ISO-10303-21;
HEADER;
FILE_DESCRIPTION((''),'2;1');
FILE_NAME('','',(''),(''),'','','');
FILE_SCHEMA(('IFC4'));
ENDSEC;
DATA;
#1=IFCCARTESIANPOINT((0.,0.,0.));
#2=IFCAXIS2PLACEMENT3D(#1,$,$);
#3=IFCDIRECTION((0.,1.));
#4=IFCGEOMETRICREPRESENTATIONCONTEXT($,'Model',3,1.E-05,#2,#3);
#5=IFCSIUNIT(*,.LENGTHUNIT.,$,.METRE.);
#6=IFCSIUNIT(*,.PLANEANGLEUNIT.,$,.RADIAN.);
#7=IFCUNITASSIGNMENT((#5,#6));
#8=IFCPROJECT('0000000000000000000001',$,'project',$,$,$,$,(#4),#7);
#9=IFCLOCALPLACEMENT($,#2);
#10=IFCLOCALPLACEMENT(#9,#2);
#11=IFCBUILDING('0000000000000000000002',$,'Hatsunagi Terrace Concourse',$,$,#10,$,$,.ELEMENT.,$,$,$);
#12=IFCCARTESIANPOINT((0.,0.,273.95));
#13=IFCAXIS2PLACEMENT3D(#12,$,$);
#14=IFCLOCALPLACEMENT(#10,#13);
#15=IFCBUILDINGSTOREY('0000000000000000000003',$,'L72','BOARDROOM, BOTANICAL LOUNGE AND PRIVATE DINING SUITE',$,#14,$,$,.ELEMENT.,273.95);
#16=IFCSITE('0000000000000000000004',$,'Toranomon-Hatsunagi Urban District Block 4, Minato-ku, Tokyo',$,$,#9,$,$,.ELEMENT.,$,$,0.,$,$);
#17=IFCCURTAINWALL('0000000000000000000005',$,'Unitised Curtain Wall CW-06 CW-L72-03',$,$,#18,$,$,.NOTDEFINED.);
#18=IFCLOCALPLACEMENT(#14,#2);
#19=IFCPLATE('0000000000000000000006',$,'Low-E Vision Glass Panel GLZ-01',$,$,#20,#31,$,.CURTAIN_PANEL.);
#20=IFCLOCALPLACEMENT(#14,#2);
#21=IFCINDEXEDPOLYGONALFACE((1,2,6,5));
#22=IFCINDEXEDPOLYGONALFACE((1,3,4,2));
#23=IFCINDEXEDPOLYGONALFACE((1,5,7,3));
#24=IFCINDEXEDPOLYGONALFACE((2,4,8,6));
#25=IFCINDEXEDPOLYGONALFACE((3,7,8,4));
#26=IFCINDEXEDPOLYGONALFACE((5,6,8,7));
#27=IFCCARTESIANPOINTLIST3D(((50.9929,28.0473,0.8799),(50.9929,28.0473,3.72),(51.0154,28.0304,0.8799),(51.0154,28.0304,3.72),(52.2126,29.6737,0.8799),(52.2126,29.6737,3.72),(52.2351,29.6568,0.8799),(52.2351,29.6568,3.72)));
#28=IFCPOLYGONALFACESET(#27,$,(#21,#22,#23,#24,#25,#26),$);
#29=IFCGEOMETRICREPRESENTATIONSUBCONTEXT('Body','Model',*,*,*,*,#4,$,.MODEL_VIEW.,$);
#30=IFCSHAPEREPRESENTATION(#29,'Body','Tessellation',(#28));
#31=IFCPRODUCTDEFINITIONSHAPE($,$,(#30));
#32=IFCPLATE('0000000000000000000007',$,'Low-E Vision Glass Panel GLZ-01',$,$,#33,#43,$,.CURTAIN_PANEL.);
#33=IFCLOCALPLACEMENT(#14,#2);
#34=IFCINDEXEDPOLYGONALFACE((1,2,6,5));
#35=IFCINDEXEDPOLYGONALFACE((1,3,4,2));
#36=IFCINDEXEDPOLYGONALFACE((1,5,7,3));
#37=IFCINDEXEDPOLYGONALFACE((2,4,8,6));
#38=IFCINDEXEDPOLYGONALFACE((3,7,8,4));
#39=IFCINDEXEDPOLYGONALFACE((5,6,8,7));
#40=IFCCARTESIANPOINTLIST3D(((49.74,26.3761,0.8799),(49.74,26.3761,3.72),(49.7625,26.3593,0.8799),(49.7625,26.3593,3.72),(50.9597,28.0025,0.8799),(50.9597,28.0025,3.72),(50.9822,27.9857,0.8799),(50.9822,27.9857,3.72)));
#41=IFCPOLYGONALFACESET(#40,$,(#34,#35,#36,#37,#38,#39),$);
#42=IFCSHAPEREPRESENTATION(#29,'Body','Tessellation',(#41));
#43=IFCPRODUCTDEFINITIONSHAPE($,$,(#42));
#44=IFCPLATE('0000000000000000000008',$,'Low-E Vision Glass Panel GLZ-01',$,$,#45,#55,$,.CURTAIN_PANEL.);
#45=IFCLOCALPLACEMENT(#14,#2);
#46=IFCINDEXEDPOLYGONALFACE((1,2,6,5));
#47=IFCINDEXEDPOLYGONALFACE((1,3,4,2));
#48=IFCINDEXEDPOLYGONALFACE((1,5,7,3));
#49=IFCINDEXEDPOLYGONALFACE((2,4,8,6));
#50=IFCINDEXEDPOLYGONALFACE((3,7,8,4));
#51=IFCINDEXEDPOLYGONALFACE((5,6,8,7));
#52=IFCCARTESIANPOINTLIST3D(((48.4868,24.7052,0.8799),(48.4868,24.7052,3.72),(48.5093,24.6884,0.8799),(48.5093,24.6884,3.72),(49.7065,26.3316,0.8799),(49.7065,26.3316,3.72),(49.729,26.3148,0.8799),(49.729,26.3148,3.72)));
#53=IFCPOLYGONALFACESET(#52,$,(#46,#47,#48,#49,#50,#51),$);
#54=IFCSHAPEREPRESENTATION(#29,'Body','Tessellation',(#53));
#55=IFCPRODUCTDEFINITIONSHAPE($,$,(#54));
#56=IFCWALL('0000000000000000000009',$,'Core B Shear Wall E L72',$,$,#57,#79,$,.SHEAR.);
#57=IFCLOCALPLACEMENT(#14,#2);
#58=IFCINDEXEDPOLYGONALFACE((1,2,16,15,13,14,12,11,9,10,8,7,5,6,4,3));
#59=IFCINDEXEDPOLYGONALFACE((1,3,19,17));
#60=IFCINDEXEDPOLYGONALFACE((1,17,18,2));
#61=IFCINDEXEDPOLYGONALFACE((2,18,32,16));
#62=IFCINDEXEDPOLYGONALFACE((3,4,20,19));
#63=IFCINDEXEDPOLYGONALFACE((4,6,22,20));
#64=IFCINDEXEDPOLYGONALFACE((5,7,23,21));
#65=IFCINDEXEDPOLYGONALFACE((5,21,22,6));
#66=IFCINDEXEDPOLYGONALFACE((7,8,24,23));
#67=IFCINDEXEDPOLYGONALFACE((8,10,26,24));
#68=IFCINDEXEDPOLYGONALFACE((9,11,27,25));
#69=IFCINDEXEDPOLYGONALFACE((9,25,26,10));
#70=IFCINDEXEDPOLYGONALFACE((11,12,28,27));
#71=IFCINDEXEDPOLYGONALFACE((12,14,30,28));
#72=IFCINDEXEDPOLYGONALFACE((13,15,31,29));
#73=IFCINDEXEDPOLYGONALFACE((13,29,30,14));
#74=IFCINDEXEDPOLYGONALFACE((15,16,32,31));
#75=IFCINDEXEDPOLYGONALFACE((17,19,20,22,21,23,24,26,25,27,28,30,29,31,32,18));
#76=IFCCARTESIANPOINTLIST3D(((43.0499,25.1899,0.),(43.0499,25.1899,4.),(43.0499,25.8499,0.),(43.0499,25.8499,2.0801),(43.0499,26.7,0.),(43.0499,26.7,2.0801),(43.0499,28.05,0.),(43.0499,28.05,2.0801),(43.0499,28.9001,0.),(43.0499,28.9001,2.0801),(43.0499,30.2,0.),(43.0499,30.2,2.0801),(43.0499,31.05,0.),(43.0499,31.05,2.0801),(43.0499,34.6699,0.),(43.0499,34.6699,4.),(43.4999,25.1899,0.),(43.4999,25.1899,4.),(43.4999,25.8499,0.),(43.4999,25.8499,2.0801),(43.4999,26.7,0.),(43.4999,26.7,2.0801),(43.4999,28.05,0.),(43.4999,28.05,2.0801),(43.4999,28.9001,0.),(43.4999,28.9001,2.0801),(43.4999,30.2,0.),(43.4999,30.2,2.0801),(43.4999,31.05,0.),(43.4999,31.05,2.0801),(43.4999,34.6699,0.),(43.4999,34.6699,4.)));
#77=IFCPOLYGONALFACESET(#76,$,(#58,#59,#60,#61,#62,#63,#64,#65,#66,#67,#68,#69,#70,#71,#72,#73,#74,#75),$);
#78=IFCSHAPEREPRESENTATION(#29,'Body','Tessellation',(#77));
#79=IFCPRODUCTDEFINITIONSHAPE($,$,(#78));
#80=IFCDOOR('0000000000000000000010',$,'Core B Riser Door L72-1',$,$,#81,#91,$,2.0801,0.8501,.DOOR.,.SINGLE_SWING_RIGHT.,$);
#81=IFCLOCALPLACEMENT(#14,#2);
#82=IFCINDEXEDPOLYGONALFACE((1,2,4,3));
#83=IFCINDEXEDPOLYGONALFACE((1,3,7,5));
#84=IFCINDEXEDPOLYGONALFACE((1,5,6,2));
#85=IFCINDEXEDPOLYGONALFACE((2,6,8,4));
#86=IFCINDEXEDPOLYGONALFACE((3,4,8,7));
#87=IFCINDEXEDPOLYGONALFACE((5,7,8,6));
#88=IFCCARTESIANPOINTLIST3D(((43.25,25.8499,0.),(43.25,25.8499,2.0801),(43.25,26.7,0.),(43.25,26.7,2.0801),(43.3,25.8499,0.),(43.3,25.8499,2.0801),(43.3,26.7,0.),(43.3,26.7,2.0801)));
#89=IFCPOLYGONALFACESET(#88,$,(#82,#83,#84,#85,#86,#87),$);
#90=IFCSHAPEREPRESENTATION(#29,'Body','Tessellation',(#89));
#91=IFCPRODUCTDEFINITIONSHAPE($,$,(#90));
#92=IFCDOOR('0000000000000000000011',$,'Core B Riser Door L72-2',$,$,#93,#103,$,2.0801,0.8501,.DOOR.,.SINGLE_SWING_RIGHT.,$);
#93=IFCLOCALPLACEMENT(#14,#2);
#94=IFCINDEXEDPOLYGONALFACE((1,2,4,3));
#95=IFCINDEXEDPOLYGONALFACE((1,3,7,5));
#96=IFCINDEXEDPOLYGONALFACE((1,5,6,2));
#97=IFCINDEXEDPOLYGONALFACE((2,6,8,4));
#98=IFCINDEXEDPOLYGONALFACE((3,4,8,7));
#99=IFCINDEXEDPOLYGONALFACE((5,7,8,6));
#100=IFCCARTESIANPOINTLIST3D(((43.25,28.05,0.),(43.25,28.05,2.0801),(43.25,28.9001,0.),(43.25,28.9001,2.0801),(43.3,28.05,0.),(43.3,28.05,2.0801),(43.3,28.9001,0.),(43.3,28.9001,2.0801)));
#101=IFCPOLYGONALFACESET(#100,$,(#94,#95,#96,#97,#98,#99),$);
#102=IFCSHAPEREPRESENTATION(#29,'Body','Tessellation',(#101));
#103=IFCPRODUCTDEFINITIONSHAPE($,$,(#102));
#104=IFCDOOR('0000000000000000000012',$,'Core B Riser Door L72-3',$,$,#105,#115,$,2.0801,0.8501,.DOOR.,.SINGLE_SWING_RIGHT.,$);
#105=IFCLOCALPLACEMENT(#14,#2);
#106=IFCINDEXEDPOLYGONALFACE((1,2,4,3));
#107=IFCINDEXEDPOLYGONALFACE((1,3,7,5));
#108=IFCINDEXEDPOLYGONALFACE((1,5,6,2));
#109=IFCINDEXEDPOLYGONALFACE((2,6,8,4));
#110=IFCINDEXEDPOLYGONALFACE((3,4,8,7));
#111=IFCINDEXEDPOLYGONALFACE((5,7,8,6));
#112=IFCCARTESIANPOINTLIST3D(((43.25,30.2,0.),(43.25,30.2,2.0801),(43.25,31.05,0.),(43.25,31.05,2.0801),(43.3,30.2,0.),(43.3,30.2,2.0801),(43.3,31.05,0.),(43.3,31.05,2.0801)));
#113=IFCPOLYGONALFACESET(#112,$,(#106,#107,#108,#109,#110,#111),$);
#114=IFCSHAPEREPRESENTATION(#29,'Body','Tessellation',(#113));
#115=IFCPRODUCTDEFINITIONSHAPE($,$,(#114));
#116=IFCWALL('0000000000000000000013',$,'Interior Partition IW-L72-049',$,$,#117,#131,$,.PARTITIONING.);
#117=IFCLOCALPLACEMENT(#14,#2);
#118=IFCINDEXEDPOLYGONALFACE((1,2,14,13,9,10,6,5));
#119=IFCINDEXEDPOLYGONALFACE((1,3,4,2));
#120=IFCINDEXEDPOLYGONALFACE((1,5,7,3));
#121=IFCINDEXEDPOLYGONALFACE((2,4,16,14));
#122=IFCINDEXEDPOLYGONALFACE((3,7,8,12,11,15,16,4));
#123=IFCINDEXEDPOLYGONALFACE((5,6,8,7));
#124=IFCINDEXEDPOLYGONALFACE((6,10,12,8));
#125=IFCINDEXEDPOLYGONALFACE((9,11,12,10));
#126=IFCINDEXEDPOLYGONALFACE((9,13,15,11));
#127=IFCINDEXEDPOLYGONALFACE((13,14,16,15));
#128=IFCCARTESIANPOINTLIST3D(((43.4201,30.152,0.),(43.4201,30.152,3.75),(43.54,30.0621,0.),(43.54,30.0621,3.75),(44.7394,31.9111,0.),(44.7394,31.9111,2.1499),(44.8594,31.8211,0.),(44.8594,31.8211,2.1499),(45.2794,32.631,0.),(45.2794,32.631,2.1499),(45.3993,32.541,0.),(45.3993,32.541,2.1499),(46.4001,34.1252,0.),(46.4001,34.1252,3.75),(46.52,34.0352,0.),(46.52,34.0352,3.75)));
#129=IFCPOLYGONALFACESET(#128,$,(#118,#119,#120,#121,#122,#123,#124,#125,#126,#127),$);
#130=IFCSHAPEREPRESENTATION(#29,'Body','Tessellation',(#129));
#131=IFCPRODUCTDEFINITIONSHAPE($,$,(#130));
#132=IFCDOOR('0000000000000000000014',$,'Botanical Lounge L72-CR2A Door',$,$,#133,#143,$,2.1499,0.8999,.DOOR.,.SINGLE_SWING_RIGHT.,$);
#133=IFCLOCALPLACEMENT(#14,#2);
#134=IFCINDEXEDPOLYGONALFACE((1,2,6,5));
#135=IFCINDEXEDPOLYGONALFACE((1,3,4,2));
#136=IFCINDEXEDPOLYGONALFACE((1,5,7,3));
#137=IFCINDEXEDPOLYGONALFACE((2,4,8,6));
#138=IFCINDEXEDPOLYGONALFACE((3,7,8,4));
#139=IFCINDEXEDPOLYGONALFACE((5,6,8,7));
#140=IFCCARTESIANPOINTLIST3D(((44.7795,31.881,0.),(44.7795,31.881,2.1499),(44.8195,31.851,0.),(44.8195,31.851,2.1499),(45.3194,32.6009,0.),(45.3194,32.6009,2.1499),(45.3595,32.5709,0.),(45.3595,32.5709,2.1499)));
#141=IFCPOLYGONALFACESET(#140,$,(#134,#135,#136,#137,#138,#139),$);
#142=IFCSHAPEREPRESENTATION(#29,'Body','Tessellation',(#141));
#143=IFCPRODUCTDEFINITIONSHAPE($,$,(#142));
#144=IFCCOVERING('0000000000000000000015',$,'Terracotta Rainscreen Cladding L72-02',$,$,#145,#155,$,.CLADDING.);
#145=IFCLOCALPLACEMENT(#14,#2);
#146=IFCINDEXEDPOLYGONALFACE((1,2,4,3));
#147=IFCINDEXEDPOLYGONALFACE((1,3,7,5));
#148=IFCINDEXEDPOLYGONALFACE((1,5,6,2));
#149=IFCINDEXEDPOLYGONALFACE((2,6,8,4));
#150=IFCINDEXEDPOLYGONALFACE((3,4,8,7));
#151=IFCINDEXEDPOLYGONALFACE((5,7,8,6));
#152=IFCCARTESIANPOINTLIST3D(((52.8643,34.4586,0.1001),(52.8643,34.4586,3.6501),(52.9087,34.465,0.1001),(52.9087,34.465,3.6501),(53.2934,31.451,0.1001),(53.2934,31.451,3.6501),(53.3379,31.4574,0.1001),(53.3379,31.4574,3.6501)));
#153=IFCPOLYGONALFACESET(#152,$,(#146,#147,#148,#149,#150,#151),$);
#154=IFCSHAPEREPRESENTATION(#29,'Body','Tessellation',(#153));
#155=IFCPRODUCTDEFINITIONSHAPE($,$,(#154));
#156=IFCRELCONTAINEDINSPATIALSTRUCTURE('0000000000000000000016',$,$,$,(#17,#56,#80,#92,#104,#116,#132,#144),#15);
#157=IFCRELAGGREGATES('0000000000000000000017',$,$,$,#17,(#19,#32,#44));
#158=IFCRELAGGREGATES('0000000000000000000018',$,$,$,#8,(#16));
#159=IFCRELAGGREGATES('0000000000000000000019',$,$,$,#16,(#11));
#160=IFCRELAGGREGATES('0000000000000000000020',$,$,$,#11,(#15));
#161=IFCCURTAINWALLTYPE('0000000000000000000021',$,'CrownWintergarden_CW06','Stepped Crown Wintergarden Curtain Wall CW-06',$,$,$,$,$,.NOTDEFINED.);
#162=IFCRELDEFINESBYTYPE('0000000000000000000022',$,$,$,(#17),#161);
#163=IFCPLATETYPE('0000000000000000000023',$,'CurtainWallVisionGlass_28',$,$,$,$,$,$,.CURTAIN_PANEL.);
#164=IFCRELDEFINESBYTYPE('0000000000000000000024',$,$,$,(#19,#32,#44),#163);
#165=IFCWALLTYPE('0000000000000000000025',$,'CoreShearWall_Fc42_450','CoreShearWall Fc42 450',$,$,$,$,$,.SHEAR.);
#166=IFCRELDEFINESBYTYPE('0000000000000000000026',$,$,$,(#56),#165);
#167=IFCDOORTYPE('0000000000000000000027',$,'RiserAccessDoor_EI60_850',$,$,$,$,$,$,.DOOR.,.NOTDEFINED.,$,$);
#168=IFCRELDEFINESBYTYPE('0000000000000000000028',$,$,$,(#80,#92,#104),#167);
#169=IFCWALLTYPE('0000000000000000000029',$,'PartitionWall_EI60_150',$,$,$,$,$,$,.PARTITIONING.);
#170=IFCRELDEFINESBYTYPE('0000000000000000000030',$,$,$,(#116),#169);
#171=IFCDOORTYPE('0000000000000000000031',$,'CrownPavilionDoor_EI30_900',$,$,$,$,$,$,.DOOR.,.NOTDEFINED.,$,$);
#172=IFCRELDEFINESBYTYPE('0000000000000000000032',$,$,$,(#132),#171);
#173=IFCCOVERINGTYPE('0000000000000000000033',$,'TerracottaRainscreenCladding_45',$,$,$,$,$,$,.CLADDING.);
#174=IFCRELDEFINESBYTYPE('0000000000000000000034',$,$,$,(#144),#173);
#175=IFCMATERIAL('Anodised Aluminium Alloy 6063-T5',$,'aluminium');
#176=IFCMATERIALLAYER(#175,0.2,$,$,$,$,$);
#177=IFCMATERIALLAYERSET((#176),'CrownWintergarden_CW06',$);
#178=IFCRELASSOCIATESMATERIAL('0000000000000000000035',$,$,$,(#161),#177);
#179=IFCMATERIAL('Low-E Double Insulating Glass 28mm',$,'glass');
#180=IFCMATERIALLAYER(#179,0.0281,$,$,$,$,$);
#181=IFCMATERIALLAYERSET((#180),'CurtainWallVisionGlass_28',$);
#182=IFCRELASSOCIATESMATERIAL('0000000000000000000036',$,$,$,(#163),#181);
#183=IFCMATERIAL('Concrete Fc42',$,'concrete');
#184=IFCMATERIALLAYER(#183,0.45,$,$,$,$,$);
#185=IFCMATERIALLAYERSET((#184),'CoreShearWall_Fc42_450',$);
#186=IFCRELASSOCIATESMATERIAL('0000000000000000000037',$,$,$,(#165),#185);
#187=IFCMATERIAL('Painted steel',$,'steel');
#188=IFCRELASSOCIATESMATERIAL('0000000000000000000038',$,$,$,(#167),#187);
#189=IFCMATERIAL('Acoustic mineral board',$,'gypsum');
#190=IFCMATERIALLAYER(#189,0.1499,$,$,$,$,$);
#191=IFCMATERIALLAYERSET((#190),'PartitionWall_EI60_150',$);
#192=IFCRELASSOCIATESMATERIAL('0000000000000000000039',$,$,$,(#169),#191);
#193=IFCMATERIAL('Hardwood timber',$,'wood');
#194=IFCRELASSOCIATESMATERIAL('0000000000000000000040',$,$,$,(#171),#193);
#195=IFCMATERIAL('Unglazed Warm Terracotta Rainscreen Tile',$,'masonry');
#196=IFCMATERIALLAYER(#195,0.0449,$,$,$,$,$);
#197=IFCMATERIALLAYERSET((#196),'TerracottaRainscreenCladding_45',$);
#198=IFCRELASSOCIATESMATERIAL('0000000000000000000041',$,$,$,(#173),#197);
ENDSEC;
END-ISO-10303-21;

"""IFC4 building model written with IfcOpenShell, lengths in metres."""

from ifc_helpers import new_model, si_unit, direction, frame, frame_2d, origin, origin_2d, place, context, subcontext, project, spatial, rectangle, extrude, material, layer, layer_set, type_object, element, fill, aggregate, save


model = new_model("IFC4")

# Units and contexts
model_context = context("Model", 3, precision=1e-05, world=origin(), true_north=direction((0.0, 1.0)))
body_context = subcontext(model_context, "Body", "Model", "MODEL_VIEW")
ifc_project = project(units=[si_unit("LENGTHUNIT", "METRE"), si_unit("PLANEANGLEUNIT", "RADIAN")], contexts=[model_context])

# Site, building, storey
site_placement = place(None, origin())
site = spatial("IfcSite", under=ifc_project, at=site_placement, Name="Toranomon-Hatsunagi Urban District Block 4, Minato-ku, Tokyo", CompositionType="ELEMENT", RefElevation=0.0)
building_placement = place(site_placement, origin())
building = spatial("IfcBuilding", under=site, at=building_placement, Name="Hatsunagi Terrace Concourse", CompositionType="ELEMENT")
storey_placement = place(building_placement, frame((0.0, 0.0, 273.95)))
storey = spatial("IfcBuildingStorey", under=building, at=storey_placement, Name="L72", Description="BOARDROOM, BOTANICAL LOUNGE AND PRIVATE DINING SUITE", CompositionType="ELEMENT", Elevation=273.95)

# Curtain wall, plates
ifc_material_1 = material(Name="Anodised Aluminium Alloy 6063-T5", Category="aluminium")
ifc_layer_1 = layer(ifc_material_1, 0.2)
ifc_layer_set_1 = layer_set([ifc_layer_1], Name="CrownWintergarden_CW06")
curtain_wall_type = type_object("IfcCurtainWallType", Name="CrownWintergarden_CW06", Description="Stepped Crown Wintergarden Curtain Wall CW-06", PredefinedType="NOTDEFINED", material=ifc_layer_set_1)
curtain_wall_placement = place(storey_placement, origin())
curtain_wall = element("IfcCurtainWall", 1, at=curtain_wall_placement, inside=storey, type_object=curtain_wall_type, Name="Unitised Curtain Wall CW-06 CW-L72-03", PredefinedType="NOTDEFINED")
ifc_material_2 = material(Name="Low-E Double Insulating Glass 28mm", Category="glass")
ifc_layer_2 = layer(ifc_material_2, 0.0281)
ifc_layer_set_2 = layer_set([ifc_layer_2], Name="CurtainWallVisionGlass_28")
plate_type_1 = type_object("IfcPlateType", Name="CurtainWallVisionGlass_28", PredefinedType="CURTAIN_PANEL", material=ifc_layer_set_2)
plate_1_placement = place(storey_placement, frame((51.614, 28.8521, 0.8799), z_axis=(0.0, 0.0, 1.0), x_axis=(-0.599969, -0.800023, 0.0)))
plate_1 = element("IfcPlate", 2, at=plate_1_placement, type_object=plate_type_1, Name="Low-E Vision Glass Panel GLZ-01", PredefinedType="CURTAIN_PANEL", context=body_context, shape_type="SweptSolid", body=[
    extrude(rectangle(XDim=2.033, YDim=0.0281, at=origin_2d()), origin(), (0.0, 0.0, 1.0), 2.8401),
])
plate_2_placement = place(storey_placement, frame((50.3611, 27.1809, 0.8799), z_axis=(0.0, 0.0, 1.0), x_axis=(-0.599969, -0.800023, 0.0)))
plate_2 = element("IfcPlate", 3, at=plate_2_placement, type_object=plate_type_1, Name="Low-E Vision Glass Panel GLZ-01", PredefinedType="CURTAIN_PANEL", context=body_context, shape_type="SweptSolid", body=[
    extrude(rectangle(XDim=2.033, YDim=0.0281, at=origin_2d()), origin(), (0.0, 0.0, 1.0), 2.8401),
])
plate_3_placement = place(storey_placement, frame((49.1079, 25.51, 0.8799), z_axis=(0.0, 0.0, 1.0), x_axis=(-0.599969, -0.800023, 0.0)))
plate_3 = element("IfcPlate", 4, at=plate_3_placement, type_object=plate_type_1, Name="Low-E Vision Glass Panel GLZ-01", PredefinedType="CURTAIN_PANEL", context=body_context, shape_type="SweptSolid", body=[
    extrude(rectangle(XDim=2.033, YDim=0.0281, at=origin_2d()), origin(), (0.0, 0.0, 1.0), 2.8401),
])
aggregate(curtain_wall, [plate_1, plate_2, plate_3])

# Wall, openings, doors
ifc_material_3 = material(Name="Concrete Fc42", Category="concrete")
ifc_layer_3 = layer(ifc_material_3, 0.45)
ifc_layer_set_3 = layer_set([ifc_layer_3], Name="CoreShearWall_Fc42_450")
wall_type_1 = type_object("IfcWallType", Name="CoreShearWall_Fc42_450", Description="CoreShearWall Fc42 450", PredefinedType="SHEAR", material=ifc_layer_set_3)
wall_1_placement = place(storey_placement, frame((43.2749, 25.1899, 0.0), z_axis=(0.0, 0.0, 1.0), x_axis=(0.0, 1.0, 0.0)))
wall_1 = element("IfcWall", 5, at=wall_1_placement, inside=storey, type_object=wall_type_1, Name="Core B Shear Wall E L72", PredefinedType="SHEAR", context=body_context, shape_type="SweptSolid", body=[
    extrude(rectangle(XDim=9.48, YDim=0.45, at=frame_2d((4.74, 0.0))), origin(), (0.0, 0.0, 1.0), 4.0),
])
opening_1_placement = place(wall_1_placement, frame((0.6599, 0.0, 0.0)))
opening_1 = element("IfcOpeningElement", 6, at=opening_1_placement, cuts=wall_1, PredefinedType="OPENING", context=body_context, shape_type="SweptSolid", body=[
    extrude(rectangle(XDim=0.8501, YDim=2.0801, at=frame_2d((0.425, 1.04))), frame((0.0, 0.2349, 0.0), z_axis=(0.0, -1.0, 0.0), x_axis=(1.0, 0.0, 0.0)), (0.0, 0.0, 1.0), 0.47),
])
opening_2_placement = place(wall_1_placement, frame((2.8601, 0.0, 0.0)))
opening_2 = element("IfcOpeningElement", 7, at=opening_2_placement, cuts=wall_1, PredefinedType="OPENING", context=body_context, shape_type="SweptSolid", body=[
    extrude(rectangle(XDim=0.8501, YDim=2.0801, at=frame_2d((0.425, 1.04))), frame((0.0, 0.2349, 0.0), z_axis=(0.0, -1.0, 0.0), x_axis=(1.0, 0.0, 0.0)), (0.0, 0.0, 1.0), 0.47),
])
opening_3_placement = place(wall_1_placement, frame((5.01, 0.0, 0.0)))
opening_3 = element("IfcOpeningElement", 8, at=opening_3_placement, cuts=wall_1, PredefinedType="OPENING", context=body_context, shape_type="SweptSolid", body=[
    extrude(rectangle(XDim=0.8501, YDim=2.0801, at=frame_2d((0.425, 1.04))), frame((0.0, 0.2349, 0.0), z_axis=(0.0, -1.0, 0.0), x_axis=(1.0, 0.0, 0.0)), (0.0, 0.0, 1.0), 0.47),
])
ifc_material_4 = material(Name="Painted steel", Category="steel")
door_type_1 = type_object("IfcDoorType", Name="RiserAccessDoor_EI60_850", OperationType="NOTDEFINED", PredefinedType="DOOR", material=ifc_material_4)
door_1_placement = place(opening_1_placement, origin())
door_1 = element("IfcDoor", 9, at=door_1_placement, inside=storey, type_object=door_type_1, Name="Core B Riser Door L72-1", OperationType="SINGLE_SWING_RIGHT", OverallHeight=2.0801, OverallWidth=0.8501, PredefinedType="DOOR", context=body_context, shape_type="SweptSolid", body=[
    extrude(rectangle(XDim=0.8501, YDim=2.0801, at=frame_2d((0.425, 1.04))), frame((0.0, 0.0249, 0.0), z_axis=(0.0, -1.0, 0.0), x_axis=(1.0, 0.0, 0.0)), (0.0, 0.0, 1.0), 0.05),
])
fill(opening_1, door_1)
door_2_placement = place(opening_2_placement, origin())
door_2 = element("IfcDoor", 10, at=door_2_placement, inside=storey, type_object=door_type_1, Name="Core B Riser Door L72-2", OperationType="SINGLE_SWING_RIGHT", OverallHeight=2.0801, OverallWidth=0.8501, PredefinedType="DOOR", context=body_context, shape_type="SweptSolid", body=[
    extrude(rectangle(XDim=0.8501, YDim=2.0801, at=frame_2d((0.425, 1.04))), frame((0.0, 0.0249, 0.0), z_axis=(0.0, -1.0, 0.0), x_axis=(1.0, 0.0, 0.0)), (0.0, 0.0, 1.0), 0.05),
])
fill(opening_2, door_2)
door_3_placement = place(opening_3_placement, origin())
door_3 = element("IfcDoor", 11, at=door_3_placement, inside=storey, type_object=door_type_1, Name="Core B Riser Door L72-3", OperationType="SINGLE_SWING_RIGHT", OverallHeight=2.0801, OverallWidth=0.8501, PredefinedType="DOOR", context=body_context, shape_type="SweptSolid", body=[
    extrude(rectangle(XDim=0.8501, YDim=2.0801, at=frame_2d((0.425, 1.04))), frame((0.0, 0.0249, 0.0), z_axis=(0.0, -1.0, 0.0), x_axis=(1.0, 0.0, 0.0)), (0.0, 0.0, 1.0), 0.05),
])
fill(opening_3, door_3)

# Wall, opening, door
ifc_material_5 = material(Name="Acoustic mineral board", Category="gypsum")
ifc_layer_4 = layer(ifc_material_5, 0.1499)
ifc_layer_set_4 = layer_set([ifc_layer_4], Name="PartitionWall_EI60_150")
wall_type_2 = type_object("IfcWallType", Name="PartitionWall_EI60_150", PredefinedType="PARTITIONING", material=ifc_layer_set_4)
wall_2_placement = place(storey_placement, frame((43.48, 30.1069, 0.0), z_axis=(0.0, 0.0, 1.0), x_axis=(0.600016, 0.799988, 0.0)))
wall_2 = element("IfcWall", 12, at=wall_2_placement, inside=storey, type_object=wall_type_2, Name="Interior Partition IW-L72-049", PredefinedType="PARTITIONING", context=body_context, shape_type="SweptSolid", body=[
    extrude(rectangle(XDim=4.9666, YDim=0.1499, at=frame_2d((2.4834, 0.0))), origin(), (0.0, 0.0, 1.0), 3.75),
])
opening_4_placement = place(wall_2_placement, frame((2.199, 0.0, 0.0)))
opening_4 = element("IfcOpeningElement", 13, at=opening_4_placement, cuts=wall_2, PredefinedType="OPENING", context=body_context, shape_type="SweptSolid", body=[
    extrude(rectangle(XDim=0.8999, YDim=2.1499, at=frame_2d((0.45, 1.075))), frame((0.0, 0.085, 0.0), z_axis=(0.0, -1.0, 0.0), x_axis=(1.0, 0.0, 0.0)), (0.0, 0.0, 1.0), 0.1699),
])
ifc_material_6 = material(Name="Hardwood timber", Category="wood")
door_type_2 = type_object("IfcDoorType", Name="CrownPavilionDoor_EI30_900", OperationType="NOTDEFINED", PredefinedType="DOOR", material=ifc_material_6)
door_4_placement = place(opening_4_placement, origin())
door_4 = element("IfcDoor", 14, at=door_4_placement, inside=storey, type_object=door_type_2, Name="Botanical Lounge L72-CR2A Door", OperationType="SINGLE_SWING_RIGHT", OverallHeight=2.1499, OverallWidth=0.8999, PredefinedType="DOOR", context=body_context, shape_type="SweptSolid", body=[
    extrude(rectangle(XDim=0.8999, YDim=2.1499, at=frame_2d((0.45, 1.075))), frame((0.0, 0.0249, 0.0), z_axis=(0.0, -1.0, 0.0), x_axis=(1.0, 0.0, 0.0)), (0.0, 0.0, 1.0), 0.05),
])
fill(opening_4, door_4)

# Covering
ifc_material_7 = material(Name="Unglazed Warm Terracotta Rainscreen Tile", Category="masonry")
ifc_layer_5 = layer(ifc_material_7, 0.0449)
ifc_layer_set_5 = layer_set([ifc_layer_5], Name="TerracottaRainscreenCladding_45")
covering_type = type_object("IfcCoveringType", Name="TerracottaRainscreenCladding_45", PredefinedType="CLADDING", material=ifc_layer_set_5)
covering_placement = place(storey_placement, frame((53.1011, 32.958, 0.1001), z_axis=(0.0, 0.0, 1.0), x_axis=(0.14125, -0.989974, 0.0)))
element("IfcCovering", 15, at=covering_placement, inside=storey, type_object=covering_type, Name="Terracotta Rainscreen Cladding L72-02", PredefinedType="CLADDING", context=body_context, shape_type="SweptSolid", body=[
    extrude(rectangle(XDim=3.0381, YDim=0.0449, at=origin_2d()), origin(), (0.0, 0.0, 1.0), 3.55),
])

save(model, "model.ifc")
